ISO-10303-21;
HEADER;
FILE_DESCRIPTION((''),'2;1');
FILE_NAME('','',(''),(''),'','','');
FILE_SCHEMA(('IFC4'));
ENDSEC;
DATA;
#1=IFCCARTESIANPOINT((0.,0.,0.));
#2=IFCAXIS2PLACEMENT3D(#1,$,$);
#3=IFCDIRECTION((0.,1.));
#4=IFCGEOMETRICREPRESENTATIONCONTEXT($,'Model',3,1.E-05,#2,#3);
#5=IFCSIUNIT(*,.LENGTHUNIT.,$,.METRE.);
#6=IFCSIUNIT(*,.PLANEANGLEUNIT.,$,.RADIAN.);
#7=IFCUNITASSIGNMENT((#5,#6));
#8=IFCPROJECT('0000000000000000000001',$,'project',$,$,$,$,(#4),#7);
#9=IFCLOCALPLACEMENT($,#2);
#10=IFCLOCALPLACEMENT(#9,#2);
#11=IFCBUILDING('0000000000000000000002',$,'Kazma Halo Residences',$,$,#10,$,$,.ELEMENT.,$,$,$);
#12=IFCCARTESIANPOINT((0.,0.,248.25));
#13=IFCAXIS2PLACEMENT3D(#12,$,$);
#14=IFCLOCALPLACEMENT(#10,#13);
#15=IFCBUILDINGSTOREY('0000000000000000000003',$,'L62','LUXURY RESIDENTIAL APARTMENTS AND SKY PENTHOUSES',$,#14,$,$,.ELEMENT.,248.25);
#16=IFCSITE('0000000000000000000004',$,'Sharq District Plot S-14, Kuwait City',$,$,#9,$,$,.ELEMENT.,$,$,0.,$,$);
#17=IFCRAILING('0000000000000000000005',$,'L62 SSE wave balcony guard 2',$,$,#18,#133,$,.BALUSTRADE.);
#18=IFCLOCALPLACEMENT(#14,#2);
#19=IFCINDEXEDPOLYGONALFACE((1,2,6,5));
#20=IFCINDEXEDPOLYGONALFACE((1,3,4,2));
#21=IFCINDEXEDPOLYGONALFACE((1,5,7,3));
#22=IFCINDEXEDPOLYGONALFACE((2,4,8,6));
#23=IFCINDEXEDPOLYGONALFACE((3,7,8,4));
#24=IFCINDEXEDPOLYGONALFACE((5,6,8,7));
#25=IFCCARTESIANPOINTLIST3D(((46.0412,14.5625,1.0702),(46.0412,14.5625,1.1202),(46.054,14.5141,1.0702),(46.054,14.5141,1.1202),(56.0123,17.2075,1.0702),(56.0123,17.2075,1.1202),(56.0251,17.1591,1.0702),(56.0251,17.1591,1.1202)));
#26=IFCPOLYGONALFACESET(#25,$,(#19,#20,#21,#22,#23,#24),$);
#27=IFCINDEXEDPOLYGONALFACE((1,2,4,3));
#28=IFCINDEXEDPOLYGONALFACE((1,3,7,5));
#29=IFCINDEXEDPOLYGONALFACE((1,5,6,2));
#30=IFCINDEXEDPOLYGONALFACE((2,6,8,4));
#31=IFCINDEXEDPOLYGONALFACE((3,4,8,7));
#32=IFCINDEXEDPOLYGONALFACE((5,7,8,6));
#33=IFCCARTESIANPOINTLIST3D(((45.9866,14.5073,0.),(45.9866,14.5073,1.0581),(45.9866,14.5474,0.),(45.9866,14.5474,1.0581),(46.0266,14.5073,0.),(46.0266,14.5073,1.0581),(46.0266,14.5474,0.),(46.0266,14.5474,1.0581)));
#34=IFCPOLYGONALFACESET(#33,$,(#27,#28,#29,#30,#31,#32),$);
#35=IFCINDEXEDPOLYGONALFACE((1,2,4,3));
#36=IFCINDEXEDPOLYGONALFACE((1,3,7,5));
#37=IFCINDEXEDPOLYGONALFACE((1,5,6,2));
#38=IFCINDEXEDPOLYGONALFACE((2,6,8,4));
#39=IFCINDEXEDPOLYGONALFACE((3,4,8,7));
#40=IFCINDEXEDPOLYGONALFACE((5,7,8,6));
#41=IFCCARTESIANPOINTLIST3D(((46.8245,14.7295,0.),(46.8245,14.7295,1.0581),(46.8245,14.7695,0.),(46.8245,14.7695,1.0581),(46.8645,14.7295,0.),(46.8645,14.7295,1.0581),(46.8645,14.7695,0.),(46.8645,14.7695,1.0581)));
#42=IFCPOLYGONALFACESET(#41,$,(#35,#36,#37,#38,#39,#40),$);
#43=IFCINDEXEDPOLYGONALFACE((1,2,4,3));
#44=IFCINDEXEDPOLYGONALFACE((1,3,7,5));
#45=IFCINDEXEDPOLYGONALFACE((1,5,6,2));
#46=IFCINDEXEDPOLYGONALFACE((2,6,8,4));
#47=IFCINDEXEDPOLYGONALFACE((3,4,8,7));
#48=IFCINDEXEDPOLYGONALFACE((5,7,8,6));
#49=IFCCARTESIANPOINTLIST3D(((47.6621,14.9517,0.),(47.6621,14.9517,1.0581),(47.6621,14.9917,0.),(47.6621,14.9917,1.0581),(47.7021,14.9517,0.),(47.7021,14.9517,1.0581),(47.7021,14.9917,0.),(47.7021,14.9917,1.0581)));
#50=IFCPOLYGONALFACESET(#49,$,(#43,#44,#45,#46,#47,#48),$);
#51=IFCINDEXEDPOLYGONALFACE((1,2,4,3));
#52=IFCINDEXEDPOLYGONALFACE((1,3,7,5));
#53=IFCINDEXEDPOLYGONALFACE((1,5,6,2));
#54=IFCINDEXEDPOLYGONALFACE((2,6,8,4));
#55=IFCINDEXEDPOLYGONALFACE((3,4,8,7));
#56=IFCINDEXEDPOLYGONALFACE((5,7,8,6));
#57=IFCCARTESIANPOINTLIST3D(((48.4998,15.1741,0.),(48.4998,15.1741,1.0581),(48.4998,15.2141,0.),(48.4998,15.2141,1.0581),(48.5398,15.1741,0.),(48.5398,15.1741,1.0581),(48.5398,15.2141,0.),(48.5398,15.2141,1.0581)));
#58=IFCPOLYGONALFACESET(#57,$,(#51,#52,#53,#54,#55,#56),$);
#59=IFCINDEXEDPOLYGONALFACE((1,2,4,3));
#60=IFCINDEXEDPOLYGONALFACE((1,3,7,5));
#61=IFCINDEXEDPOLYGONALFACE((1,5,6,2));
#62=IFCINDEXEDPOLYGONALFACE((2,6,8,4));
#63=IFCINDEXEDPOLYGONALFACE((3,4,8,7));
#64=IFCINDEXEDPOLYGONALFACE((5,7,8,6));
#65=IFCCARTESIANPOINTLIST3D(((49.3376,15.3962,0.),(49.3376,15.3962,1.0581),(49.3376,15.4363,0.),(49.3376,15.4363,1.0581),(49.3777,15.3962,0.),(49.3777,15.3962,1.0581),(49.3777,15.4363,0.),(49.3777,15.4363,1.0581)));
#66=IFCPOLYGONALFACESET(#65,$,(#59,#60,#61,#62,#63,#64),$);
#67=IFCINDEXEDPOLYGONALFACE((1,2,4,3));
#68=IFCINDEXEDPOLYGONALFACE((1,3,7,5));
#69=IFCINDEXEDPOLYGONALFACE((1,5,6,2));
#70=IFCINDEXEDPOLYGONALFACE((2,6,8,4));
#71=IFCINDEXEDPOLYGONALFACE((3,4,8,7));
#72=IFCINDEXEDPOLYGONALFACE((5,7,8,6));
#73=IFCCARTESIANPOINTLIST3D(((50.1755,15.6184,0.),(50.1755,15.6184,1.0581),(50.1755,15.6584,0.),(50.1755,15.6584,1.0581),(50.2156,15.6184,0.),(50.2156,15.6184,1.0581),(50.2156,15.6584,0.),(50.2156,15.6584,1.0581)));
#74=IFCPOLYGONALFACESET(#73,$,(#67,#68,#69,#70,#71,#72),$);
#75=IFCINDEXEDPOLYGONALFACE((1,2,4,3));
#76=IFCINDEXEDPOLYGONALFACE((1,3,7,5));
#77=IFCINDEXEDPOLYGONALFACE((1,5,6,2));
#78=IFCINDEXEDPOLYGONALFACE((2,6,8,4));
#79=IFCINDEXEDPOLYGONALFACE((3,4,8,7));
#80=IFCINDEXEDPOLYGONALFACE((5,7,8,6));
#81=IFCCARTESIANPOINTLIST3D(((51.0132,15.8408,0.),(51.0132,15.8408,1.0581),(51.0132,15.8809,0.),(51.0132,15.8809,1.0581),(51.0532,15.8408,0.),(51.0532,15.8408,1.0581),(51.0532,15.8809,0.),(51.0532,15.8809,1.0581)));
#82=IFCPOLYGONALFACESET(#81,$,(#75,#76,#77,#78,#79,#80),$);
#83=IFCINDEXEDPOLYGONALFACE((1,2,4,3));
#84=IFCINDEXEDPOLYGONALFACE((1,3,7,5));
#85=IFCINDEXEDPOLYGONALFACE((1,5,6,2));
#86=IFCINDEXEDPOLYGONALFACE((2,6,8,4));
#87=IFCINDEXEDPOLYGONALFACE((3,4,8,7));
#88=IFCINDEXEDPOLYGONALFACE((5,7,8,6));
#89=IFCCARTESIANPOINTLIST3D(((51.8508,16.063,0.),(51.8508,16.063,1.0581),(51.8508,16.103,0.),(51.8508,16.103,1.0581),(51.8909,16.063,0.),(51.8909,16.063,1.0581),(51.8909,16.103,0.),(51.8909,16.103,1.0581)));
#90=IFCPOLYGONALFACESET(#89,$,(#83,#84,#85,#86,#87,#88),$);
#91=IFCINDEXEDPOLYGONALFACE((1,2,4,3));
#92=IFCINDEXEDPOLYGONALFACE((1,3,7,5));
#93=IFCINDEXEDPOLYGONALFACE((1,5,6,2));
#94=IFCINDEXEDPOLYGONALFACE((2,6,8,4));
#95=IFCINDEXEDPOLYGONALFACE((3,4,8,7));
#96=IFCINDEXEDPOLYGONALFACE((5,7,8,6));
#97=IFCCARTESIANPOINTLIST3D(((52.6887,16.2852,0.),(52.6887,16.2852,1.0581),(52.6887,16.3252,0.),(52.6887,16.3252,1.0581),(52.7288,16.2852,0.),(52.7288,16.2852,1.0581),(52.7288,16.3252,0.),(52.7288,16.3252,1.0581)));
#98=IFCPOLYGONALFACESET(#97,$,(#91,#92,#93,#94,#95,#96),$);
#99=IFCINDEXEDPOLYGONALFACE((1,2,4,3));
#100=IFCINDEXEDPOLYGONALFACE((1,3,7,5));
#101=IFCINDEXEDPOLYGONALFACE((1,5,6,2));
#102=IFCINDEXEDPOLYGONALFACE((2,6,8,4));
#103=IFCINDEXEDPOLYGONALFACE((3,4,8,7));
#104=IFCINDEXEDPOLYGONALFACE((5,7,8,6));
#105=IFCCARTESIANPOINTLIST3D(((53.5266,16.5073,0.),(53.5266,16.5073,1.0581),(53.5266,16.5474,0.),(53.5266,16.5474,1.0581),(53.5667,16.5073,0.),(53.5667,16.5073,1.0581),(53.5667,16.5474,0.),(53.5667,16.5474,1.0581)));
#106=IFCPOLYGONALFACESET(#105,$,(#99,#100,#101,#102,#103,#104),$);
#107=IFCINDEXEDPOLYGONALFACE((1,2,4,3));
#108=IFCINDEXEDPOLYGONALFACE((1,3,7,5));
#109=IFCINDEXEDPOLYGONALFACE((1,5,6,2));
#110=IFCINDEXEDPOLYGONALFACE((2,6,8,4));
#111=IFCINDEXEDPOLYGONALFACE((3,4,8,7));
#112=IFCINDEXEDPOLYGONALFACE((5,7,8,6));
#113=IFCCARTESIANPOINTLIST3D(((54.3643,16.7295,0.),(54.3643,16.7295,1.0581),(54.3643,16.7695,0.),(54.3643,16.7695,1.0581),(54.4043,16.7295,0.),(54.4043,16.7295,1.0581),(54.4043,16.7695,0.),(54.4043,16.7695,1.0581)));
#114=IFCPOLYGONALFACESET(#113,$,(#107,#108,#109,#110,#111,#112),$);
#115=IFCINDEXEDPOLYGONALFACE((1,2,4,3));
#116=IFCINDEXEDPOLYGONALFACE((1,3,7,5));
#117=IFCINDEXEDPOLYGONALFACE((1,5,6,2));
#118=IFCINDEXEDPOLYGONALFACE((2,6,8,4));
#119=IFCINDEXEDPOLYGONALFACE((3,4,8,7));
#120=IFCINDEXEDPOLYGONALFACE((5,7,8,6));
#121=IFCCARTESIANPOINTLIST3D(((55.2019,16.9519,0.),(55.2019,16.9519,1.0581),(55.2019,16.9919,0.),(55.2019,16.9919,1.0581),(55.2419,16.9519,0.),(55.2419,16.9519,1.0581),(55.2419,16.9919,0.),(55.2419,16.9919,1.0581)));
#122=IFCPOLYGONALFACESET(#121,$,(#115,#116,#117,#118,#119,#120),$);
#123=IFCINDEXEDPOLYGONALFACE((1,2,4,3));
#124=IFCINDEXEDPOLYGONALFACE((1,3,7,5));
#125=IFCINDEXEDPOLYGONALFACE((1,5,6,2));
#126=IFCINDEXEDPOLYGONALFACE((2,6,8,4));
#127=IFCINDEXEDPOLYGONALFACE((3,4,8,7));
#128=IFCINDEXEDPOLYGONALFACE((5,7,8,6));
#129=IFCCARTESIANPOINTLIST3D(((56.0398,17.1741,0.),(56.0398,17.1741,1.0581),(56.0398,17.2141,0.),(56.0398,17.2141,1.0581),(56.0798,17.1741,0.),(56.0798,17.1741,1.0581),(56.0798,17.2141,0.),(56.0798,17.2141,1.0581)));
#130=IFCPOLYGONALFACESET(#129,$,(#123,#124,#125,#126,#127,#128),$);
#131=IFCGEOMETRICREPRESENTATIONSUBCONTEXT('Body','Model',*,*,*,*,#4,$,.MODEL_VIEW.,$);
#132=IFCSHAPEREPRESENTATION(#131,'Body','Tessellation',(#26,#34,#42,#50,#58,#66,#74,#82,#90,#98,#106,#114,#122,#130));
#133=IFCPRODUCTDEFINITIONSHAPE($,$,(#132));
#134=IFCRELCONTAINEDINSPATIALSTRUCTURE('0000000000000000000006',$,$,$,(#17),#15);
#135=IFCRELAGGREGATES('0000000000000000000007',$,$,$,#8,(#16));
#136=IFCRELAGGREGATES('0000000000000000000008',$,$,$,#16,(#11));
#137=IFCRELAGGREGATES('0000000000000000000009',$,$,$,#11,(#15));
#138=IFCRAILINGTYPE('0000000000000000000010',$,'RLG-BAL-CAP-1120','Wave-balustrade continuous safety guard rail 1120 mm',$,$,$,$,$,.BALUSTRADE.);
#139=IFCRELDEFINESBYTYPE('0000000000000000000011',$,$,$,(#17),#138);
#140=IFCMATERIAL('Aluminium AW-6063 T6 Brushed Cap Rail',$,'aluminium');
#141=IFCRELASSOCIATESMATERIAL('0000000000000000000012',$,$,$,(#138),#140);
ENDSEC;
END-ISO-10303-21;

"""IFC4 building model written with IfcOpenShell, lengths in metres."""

from ifc_helpers import new_model, si_unit, direction, frame, origin, origin_2d, place, context, subcontext, project, spatial, rectangle, extrude, material, type_object, element, save


model = new_model("IFC4")

# Units and contexts
model_context = context("Model", 3, precision=1e-05, world=origin(), true_north=direction((0.0, 1.0)))
body_context = subcontext(model_context, "Body", "Model", "MODEL_VIEW")
ifc_project = project(units=[si_unit("LENGTHUNIT", "METRE"), si_unit("PLANEANGLEUNIT", "RADIAN")], contexts=[model_context])

# Site, building, storey
site_placement = place(None, origin())
site = spatial("IfcSite", under=ifc_project, at=site_placement, Name="Sharq District Plot S-14, Kuwait City", CompositionType="ELEMENT", RefElevation=0.0)
building_placement = place(site_placement, origin())
building = spatial("IfcBuilding", under=site, at=building_placement, Name="Kazma Halo Residences", CompositionType="ELEMENT")
storey_placement = place(building_placement, frame((0.0, 0.0, 248.25)))
storey = spatial("IfcBuildingStorey", under=building, at=storey_placement, Name="L62", Description="LUXURY RESIDENTIAL APARTMENTS AND SKY PENTHOUSES", CompositionType="ELEMENT", Elevation=248.25)

# Railing
ifc_material_1 = material(Name="Aluminium AW-6063 T6 Brushed Cap Rail", Category="aluminium")
railing_type = type_object("IfcRailingType", Name="RLG-BAL-CAP-1120", Description="Wave-balustrade continuous safety guard rail 1120 mm", PredefinedType="BALUSTRADE", material=ifc_material_1)
railing_1_placement = place(storey_placement, frame((46.0066, 14.5273, 0.0)))
element("IfcRailing", 1, at=railing_1_placement, inside=storey, type_object=railing_type, Name="L62 SSE wave balcony guard 2", PredefinedType="BALUSTRADE", context=body_context, shape_type="SweptSolid", body=[
    extrude(rectangle(XDim=0.05, YDim=0.05, at=origin_2d()), frame((0.041, 0.011, 1.0952), z_axis=(0.966572, 0.256396, 0.0), x_axis=(-0.256396, 0.966572, 0.0)), (0.0, 0.0, 1.0), 10.3159),
    extrude(rectangle(XDim=0.04, YDim=0.04, at=origin_2d()), origin(), (0.0, 0.0, 1.0), 1.0581),
    extrude(rectangle(XDim=0.04, YDim=0.04, at=origin_2d()), frame((0.8379, 0.2222, 0.0)), (0.0, 0.0, 1.0), 1.0581),
    extrude(rectangle(XDim=0.04, YDim=0.04, at=origin_2d()), frame((1.6755, 0.4443, 0.0)), (0.0, 0.0, 1.0), 1.0581),
    extrude(rectangle(XDim=0.04, YDim=0.04, at=origin_2d()), frame((2.5132, 0.6667, 0.0)), (0.0, 0.0, 1.0), 1.0581),
    extrude(rectangle(XDim=0.04, YDim=0.04, at=origin_2d()), frame((3.3511, 0.8889, 0.0)), (0.0, 0.0, 1.0), 1.0581),
    extrude(rectangle(XDim=0.04, YDim=0.04, at=origin_2d()), frame((4.189, 1.1111, 0.0)), (0.0, 0.0, 1.0), 1.0581),
    extrude(rectangle(XDim=0.04, YDim=0.04, at=origin_2d()), frame((5.0266, 1.3335, 0.0)), (0.0, 0.0, 1.0), 1.0581),
    extrude(rectangle(XDim=0.04, YDim=0.04, at=origin_2d()), frame((5.8643, 1.5557, 0.0)), (0.0, 0.0, 1.0), 1.0581),
    extrude(rectangle(XDim=0.04, YDim=0.04, at=origin_2d()), frame((6.7021, 1.7778, 0.0)), (0.0, 0.0, 1.0), 1.0581),
    extrude(rectangle(XDim=0.04, YDim=0.04, at=origin_2d()), frame((7.54, 2.0, 0.0)), (0.0, 0.0, 1.0), 1.0581),
    extrude(rectangle(XDim=0.04, YDim=0.04, at=origin_2d()), frame((8.3777, 2.2222, 0.0)), (0.0, 0.0, 1.0), 1.0581),
    extrude(rectangle(XDim=0.04, YDim=0.04, at=origin_2d()), frame((9.2153, 2.4446, 0.0)), (0.0, 0.0, 1.0), 1.0581),
    extrude(rectangle(XDim=0.04, YDim=0.04, at=origin_2d()), frame((10.0532, 2.6667, 0.0)), (0.0, 0.0, 1.0), 1.0581),
])

save(model, "model.ifc")
